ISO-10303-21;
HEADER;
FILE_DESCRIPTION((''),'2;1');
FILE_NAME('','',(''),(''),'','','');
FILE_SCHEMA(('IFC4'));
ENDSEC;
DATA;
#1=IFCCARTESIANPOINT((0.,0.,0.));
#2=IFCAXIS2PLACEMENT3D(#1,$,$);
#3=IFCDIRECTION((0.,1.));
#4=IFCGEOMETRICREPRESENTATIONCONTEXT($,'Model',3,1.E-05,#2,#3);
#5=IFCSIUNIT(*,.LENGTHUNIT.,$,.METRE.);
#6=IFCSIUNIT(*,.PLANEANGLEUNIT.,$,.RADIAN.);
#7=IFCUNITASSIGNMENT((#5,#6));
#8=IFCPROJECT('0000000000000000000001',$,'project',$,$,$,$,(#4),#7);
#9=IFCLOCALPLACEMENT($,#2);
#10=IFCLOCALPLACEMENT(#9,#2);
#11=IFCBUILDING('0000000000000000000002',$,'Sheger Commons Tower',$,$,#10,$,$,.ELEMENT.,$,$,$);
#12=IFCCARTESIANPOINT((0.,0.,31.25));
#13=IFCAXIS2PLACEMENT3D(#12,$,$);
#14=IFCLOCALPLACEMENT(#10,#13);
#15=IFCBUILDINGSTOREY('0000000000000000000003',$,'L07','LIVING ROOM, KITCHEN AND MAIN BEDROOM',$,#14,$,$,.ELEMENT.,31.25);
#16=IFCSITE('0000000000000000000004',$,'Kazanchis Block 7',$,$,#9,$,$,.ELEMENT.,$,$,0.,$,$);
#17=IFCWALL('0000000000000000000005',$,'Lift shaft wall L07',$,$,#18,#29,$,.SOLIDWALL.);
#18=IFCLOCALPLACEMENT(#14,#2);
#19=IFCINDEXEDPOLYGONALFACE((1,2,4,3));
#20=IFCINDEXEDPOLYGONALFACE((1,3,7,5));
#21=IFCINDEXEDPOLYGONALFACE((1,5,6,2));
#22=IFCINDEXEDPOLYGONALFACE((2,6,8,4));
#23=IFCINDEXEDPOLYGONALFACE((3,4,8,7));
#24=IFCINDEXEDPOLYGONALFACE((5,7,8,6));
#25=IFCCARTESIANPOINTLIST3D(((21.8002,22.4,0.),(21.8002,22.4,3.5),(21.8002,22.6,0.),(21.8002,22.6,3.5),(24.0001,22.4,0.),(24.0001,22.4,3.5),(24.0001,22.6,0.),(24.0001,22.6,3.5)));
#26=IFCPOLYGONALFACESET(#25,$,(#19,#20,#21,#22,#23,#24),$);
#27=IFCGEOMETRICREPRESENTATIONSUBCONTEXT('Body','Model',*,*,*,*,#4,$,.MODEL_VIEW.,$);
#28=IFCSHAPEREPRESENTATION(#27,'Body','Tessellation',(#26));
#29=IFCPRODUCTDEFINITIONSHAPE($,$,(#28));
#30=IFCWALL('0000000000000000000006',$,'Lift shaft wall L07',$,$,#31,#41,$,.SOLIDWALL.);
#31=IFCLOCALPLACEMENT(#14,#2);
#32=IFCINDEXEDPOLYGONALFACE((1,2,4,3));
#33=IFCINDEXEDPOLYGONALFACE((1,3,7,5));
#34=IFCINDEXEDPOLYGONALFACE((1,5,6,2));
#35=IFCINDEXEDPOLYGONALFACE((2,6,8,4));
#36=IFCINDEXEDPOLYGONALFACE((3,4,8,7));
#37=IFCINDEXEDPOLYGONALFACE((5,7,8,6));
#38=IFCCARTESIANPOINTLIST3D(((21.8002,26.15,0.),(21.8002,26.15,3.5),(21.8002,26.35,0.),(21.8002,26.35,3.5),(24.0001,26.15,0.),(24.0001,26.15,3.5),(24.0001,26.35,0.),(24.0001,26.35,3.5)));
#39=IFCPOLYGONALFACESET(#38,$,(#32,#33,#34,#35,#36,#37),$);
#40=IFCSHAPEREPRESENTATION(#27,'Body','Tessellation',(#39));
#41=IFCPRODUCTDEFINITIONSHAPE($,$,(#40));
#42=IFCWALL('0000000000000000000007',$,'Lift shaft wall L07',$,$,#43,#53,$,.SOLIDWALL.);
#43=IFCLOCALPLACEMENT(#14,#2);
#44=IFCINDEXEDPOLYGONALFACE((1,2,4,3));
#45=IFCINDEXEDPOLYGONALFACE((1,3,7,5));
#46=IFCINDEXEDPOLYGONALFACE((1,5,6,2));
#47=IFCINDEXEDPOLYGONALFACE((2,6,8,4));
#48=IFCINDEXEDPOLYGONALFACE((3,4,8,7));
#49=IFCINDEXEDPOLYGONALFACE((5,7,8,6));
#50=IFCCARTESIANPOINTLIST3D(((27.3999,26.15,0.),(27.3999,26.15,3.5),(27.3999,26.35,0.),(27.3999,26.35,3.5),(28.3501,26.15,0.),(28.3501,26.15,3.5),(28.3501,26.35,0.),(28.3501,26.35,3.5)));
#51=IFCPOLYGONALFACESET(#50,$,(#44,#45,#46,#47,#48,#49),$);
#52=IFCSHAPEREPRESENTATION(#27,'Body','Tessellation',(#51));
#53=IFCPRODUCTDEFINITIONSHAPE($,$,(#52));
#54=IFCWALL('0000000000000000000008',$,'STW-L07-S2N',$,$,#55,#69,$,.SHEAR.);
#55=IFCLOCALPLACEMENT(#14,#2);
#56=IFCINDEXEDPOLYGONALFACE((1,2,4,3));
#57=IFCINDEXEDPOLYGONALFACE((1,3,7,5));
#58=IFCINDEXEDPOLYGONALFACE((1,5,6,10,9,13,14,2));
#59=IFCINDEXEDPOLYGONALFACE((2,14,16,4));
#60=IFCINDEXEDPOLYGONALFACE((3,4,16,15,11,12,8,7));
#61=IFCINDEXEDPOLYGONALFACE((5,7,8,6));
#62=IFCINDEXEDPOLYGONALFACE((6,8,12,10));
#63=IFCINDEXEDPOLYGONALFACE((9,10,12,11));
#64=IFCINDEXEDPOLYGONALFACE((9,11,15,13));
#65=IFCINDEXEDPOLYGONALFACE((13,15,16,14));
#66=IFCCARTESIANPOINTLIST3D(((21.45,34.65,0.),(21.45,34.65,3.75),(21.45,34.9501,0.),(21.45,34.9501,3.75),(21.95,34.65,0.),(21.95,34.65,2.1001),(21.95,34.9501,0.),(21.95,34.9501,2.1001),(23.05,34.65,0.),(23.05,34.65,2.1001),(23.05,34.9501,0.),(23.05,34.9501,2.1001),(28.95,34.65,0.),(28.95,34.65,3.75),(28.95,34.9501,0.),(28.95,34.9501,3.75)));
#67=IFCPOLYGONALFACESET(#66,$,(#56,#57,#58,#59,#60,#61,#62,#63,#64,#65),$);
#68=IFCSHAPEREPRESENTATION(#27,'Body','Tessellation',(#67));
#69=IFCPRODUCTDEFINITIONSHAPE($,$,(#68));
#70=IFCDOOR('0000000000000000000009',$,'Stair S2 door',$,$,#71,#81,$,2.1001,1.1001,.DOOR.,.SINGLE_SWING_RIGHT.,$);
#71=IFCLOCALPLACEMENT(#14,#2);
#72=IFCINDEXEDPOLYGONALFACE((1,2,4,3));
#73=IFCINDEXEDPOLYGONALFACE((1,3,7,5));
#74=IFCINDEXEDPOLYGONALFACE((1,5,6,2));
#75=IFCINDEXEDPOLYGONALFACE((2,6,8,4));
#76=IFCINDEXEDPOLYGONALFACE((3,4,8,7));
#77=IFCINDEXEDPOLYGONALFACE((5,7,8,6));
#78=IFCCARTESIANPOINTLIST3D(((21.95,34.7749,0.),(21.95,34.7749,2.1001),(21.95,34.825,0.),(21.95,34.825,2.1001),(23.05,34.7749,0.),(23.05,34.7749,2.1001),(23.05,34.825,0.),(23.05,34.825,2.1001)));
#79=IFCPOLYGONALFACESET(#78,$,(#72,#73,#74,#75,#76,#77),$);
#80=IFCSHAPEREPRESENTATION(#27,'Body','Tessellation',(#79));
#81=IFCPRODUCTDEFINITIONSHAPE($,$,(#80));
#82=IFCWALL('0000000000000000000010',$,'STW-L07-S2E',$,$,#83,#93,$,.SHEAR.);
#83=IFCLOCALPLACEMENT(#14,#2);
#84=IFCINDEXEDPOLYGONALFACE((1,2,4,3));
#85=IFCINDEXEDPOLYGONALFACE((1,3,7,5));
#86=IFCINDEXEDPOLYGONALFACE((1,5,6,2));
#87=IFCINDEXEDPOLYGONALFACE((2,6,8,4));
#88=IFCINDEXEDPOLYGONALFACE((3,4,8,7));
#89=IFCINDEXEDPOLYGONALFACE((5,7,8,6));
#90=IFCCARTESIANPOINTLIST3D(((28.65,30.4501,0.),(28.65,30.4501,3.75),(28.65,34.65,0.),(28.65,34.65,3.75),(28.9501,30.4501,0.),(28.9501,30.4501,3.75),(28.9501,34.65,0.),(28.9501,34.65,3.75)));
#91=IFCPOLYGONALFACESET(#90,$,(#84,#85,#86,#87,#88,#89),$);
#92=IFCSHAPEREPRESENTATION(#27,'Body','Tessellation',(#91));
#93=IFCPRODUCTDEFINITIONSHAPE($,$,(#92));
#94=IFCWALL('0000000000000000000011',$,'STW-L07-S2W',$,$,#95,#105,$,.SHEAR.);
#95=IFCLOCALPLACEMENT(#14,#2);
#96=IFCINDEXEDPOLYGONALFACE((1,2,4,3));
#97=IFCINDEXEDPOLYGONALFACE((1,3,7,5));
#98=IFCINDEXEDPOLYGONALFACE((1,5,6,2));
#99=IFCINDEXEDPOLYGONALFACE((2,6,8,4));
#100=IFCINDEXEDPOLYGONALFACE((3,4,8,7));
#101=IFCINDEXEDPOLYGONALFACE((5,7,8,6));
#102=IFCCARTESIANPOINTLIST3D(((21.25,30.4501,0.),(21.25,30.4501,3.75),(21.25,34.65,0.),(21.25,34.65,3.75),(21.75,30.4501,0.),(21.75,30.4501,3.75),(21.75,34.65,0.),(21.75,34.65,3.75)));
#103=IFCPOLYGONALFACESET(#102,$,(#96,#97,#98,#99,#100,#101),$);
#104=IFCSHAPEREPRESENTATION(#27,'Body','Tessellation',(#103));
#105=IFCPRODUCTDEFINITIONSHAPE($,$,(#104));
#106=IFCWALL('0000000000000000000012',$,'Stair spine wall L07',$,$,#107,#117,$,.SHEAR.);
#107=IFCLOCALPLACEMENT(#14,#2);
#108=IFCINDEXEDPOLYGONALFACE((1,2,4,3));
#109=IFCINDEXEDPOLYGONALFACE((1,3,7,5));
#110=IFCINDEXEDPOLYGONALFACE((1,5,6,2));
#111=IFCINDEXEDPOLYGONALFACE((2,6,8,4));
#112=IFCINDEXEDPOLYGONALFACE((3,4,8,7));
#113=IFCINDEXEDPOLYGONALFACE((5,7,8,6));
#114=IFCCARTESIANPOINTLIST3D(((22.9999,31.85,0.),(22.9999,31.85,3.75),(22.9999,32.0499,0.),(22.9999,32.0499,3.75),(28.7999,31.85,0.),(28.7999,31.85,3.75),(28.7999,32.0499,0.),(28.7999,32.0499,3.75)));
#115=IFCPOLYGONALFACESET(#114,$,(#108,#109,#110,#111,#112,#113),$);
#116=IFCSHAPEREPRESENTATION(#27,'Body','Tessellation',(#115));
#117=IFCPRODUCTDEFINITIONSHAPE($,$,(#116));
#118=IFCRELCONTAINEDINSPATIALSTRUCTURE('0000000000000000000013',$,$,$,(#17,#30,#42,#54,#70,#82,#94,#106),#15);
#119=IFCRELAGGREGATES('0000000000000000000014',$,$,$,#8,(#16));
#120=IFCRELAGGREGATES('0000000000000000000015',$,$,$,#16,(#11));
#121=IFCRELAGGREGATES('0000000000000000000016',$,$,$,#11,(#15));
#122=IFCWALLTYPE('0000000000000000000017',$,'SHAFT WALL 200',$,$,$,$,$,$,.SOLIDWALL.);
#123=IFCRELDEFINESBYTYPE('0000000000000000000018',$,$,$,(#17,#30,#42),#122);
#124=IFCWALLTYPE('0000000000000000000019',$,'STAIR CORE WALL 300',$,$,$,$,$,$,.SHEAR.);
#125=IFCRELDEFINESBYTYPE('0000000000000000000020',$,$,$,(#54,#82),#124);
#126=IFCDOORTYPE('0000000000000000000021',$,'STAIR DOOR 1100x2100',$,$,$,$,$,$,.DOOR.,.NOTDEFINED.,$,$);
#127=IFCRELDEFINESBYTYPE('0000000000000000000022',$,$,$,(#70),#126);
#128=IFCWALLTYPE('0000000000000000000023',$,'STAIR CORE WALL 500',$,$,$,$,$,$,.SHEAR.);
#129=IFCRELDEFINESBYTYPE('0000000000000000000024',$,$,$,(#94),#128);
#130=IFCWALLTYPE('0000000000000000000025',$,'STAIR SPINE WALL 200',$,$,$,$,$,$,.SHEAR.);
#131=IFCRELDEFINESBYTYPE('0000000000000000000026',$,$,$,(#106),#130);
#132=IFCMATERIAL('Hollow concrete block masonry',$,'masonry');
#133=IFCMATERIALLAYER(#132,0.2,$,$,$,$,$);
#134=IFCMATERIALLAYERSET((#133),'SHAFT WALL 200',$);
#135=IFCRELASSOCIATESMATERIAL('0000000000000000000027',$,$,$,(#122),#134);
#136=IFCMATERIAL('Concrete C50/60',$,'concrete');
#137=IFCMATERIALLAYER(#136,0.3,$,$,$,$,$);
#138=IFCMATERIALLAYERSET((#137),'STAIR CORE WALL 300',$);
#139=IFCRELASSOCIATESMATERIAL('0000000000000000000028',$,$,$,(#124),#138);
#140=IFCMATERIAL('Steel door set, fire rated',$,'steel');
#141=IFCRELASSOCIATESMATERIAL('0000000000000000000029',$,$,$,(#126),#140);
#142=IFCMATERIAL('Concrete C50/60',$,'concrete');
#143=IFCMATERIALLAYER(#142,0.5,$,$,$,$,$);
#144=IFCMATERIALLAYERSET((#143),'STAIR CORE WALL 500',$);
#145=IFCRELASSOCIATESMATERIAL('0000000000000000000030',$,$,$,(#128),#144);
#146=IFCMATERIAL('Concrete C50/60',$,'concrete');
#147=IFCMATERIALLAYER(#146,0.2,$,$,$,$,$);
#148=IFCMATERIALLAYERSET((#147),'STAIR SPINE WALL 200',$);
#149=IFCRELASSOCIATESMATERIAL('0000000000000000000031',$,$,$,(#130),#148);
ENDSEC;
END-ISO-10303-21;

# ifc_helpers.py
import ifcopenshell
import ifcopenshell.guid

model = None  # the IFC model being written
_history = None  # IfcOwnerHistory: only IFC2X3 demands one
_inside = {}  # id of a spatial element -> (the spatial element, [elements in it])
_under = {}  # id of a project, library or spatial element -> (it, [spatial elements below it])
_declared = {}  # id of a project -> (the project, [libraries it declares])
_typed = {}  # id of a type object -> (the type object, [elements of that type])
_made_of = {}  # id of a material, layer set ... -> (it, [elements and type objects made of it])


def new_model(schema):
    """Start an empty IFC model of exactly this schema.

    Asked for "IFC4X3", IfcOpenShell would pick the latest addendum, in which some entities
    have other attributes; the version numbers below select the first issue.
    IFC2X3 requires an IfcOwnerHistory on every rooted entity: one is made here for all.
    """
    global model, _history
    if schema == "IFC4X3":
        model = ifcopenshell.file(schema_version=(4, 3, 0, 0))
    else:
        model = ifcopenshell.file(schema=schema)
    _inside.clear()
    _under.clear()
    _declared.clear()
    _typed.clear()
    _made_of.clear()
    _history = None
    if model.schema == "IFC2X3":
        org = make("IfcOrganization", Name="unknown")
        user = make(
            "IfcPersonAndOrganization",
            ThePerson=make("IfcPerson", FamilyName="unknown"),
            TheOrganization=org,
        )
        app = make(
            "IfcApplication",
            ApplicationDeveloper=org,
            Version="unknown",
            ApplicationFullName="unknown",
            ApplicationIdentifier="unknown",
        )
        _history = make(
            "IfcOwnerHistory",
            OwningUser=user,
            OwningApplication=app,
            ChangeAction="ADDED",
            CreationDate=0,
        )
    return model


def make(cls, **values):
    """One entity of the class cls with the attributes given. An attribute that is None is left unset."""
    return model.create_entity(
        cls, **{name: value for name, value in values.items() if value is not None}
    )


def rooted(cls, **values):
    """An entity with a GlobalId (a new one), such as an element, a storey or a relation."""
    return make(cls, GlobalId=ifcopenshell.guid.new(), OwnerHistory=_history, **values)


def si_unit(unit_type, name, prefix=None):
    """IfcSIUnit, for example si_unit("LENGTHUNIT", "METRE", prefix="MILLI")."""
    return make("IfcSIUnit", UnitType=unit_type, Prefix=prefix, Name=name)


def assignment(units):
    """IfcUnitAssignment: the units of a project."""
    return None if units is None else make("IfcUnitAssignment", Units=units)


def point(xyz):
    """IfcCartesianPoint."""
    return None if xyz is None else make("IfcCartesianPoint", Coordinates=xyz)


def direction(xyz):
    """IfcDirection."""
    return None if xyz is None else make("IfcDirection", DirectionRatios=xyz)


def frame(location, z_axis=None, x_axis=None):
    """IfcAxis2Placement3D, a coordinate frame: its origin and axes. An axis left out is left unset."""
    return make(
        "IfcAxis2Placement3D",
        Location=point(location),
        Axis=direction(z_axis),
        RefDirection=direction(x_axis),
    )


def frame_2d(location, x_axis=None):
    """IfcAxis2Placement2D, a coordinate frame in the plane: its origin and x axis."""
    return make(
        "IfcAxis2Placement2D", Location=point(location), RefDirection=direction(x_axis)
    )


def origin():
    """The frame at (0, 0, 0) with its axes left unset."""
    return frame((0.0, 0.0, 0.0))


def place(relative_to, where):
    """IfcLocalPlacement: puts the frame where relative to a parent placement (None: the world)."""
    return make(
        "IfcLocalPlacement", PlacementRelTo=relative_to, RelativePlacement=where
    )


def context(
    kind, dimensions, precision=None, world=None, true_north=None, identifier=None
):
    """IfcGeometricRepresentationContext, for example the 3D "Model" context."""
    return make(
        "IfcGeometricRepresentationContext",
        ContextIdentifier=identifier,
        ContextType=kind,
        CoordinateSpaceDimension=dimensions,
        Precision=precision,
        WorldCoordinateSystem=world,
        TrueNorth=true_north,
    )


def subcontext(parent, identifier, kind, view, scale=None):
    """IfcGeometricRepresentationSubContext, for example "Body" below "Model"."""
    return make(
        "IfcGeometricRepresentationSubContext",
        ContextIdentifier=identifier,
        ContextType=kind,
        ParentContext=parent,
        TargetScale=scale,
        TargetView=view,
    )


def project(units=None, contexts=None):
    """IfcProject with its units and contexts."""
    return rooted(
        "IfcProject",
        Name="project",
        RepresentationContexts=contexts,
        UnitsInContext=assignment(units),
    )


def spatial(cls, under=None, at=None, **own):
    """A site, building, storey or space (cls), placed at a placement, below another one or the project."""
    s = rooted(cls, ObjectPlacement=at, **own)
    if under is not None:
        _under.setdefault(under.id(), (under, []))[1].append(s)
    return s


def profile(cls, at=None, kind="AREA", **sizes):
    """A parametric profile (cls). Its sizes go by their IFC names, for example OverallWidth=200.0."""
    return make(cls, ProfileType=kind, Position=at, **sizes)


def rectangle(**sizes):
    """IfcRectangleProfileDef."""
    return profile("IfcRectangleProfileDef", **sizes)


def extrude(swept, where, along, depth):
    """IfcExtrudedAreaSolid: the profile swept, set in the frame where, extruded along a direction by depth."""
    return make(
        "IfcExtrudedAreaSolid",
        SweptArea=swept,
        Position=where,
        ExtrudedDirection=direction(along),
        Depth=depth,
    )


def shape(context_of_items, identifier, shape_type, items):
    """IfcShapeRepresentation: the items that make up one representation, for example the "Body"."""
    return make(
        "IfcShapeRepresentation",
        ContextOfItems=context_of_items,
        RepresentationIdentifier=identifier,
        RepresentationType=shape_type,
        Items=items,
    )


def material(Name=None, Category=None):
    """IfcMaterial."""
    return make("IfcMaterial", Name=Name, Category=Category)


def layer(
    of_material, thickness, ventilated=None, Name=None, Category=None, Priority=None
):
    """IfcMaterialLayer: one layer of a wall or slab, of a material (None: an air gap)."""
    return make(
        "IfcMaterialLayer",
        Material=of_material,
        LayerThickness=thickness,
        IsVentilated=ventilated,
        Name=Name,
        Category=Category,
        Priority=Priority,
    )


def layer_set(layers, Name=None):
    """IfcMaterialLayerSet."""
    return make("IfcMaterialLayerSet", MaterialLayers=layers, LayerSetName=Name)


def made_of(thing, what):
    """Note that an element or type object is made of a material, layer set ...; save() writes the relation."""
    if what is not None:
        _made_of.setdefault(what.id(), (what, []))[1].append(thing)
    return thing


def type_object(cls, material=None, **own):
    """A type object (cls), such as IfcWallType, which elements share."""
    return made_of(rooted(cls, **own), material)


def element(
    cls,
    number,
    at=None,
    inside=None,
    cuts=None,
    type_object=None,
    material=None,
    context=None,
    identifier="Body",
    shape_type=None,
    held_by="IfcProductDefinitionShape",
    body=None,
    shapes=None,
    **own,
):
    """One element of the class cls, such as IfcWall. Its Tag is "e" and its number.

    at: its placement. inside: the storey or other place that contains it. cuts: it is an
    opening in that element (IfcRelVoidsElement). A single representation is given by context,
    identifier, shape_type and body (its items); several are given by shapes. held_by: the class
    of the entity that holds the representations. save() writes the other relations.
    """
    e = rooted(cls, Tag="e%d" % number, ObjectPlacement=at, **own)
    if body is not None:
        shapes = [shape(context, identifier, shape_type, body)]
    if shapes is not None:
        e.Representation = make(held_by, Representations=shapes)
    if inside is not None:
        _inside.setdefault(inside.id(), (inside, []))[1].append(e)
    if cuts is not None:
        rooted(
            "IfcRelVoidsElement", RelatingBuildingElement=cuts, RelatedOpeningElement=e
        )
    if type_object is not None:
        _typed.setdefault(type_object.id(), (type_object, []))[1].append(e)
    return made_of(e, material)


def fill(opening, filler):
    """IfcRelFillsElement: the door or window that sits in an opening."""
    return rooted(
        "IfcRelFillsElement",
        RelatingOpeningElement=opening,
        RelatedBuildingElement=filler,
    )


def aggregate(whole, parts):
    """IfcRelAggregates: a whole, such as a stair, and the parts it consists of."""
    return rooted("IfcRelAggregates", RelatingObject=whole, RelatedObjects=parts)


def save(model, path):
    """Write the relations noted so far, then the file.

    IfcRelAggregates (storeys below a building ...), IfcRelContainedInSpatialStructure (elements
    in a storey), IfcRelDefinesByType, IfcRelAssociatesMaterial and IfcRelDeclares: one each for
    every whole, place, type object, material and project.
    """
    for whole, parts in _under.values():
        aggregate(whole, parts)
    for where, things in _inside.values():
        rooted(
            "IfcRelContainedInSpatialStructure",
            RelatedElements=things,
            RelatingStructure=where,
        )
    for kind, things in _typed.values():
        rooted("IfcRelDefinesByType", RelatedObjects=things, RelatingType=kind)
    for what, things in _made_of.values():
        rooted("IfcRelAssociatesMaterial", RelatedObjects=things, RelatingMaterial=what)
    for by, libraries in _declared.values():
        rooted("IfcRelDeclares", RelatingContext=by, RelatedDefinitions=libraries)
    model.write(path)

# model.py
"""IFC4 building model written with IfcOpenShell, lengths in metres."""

from ifc_helpers import new_model, si_unit, direction, frame, frame_2d, origin, place, context, subcontext, project, spatial, rectangle, extrude, material, layer, layer_set, type_object, element, fill, save


model = new_model("IFC4")

# Units and contexts
model_context = context("Model", 3, precision=1e-05, world=origin(), true_north=direction((0.0, 1.0)))
body_context = subcontext(model_context, "Body", "Model", "MODEL_VIEW")
ifc_project = project(units=[si_unit("LENGTHUNIT", "METRE"), si_unit("PLANEANGLEUNIT", "RADIAN")], contexts=[model_context])

# Site, building, storey
site_placement = place(None, origin())
site = spatial("IfcSite", under=ifc_project, at=site_placement, Name="Kazanchis Block 7", CompositionType="ELEMENT", RefElevation=0.0)
building_placement = place(site_placement, origin())
building = spatial("IfcBuilding", under=site, at=building_placement, Name="Sheger Commons Tower", CompositionType="ELEMENT")
storey_placement = place(building_placement, frame((0.0, 0.0, 31.25)))
storey = spatial("IfcBuildingStorey", under=building, at=storey_placement, Name="L07", Description="LIVING ROOM, KITCHEN AND MAIN BEDROOM", CompositionType="ELEMENT", Elevation=31.25)

# Walls
ifc_material_1 = material(Name="Hollow concrete block masonry", Category="masonry")
ifc_layer_1 = layer(ifc_material_1, 0.2)
ifc_layer_set_1 = layer_set([ifc_layer_1], Name="SHAFT WALL 200")
wall_type_1 = type_object("IfcWallType", Name="SHAFT WALL 200", PredefinedType="SOLIDWALL", material=ifc_layer_set_1)
for number, where, z_axis, x_axis, name in (
    (1, (21.8, 22.5, 0.0), (0.0, 0.0, 1.0), (1.0, 0.0, 0.0), "Lift shaft wall L07"),
    (2, (21.8, 26.25, 0.0), (0.0, 0.0, 1.0), (1.0, 0.0, 0.0), "Lift shaft wall L07"),
):
    element("IfcWall", number, at=place(storey_placement, frame(where, z_axis=z_axis, x_axis=x_axis)), inside=storey, type_object=wall_type_1, Name=name, PredefinedType="SOLIDWALL", context=body_context, shape_type="SweptSolid", body=[
        extrude(rectangle(XDim=2.2, YDim=0.2, at=frame_2d((1.1001, 0.0))), origin(), (0.0, 0.0, 1.0), 3.5),
    ])
wall_1_placement = place(storey_placement, frame((27.3999, 26.25, 0.0), z_axis=(0.0, 0.0, 1.0), x_axis=(1.0, 0.0, 0.0)))
element("IfcWall", 3, at=wall_1_placement, inside=storey, type_object=wall_type_1, Name="Lift shaft wall L07", PredefinedType="SOLIDWALL", context=body_context, shape_type="SweptSolid", body=[
    extrude(rectangle(XDim=0.9502, YDim=0.2, at=frame_2d((0.4751, 0.0))), origin(), (0.0, 0.0, 1.0), 3.5),
])

# Wall, opening, door
ifc_material_2 = material(Name="Concrete C50/60", Category="concrete")
ifc_layer_2 = layer(ifc_material_2, 0.3)
ifc_layer_set_2 = layer_set([ifc_layer_2], Name="STAIR CORE WALL 300")
wall_type_2 = type_object("IfcWallType", Name="STAIR CORE WALL 300", PredefinedType="SHEAR", material=ifc_layer_set_2)
wall_2_placement = place(storey_placement, frame((21.45, 34.8, 0.0), z_axis=(0.0, 0.0, 1.0), x_axis=(1.0, 0.0, 0.0)))
wall_2 = element("IfcWall", 4, at=wall_2_placement, inside=storey, type_object=wall_type_2, Name="STW-L07-S2N", PredefinedType="SHEAR", context=body_context, shape_type="SweptSolid", body=[
    extrude(rectangle(XDim=7.5, YDim=0.3, at=frame_2d((3.75, 0.0))), origin(), (0.0, 0.0, 1.0), 3.75),
])
opening_1_placement = place(wall_2_placement, frame((0.5, 0.0, 0.0)))
opening_1 = element("IfcOpeningElement", 5, at=opening_1_placement, cuts=wall_2, PredefinedType="OPENING", context=body_context, shape_type="SweptSolid", body=[
    extrude(rectangle(XDim=1.1001, YDim=2.1001, at=frame_2d((0.55, 1.05))), frame((0.0, 0.1599, 0.0), z_axis=(0.0, -1.0, 0.0), x_axis=(1.0, 0.0, 0.0)), (0.0, 0.0, 1.0), 0.3201),
])
ifc_material_3 = material(Name="Steel door set, fire rated", Category="steel")
door_type_1 = type_object("IfcDoorType", Name="STAIR DOOR 1100x2100", OperationType="NOTDEFINED", PredefinedType="DOOR", material=ifc_material_3)
door_1_placement = place(opening_1_placement, origin())
door_1 = element("IfcDoor", 6, at=door_1_placement, inside=storey, type_object=door_type_1, Name="Stair S2 door", OperationType="SINGLE_SWING_RIGHT", OverallHeight=2.1001, OverallWidth=1.1001, PredefinedType="DOOR", context=body_context, shape_type="SweptSolid", body=[
    extrude(rectangle(XDim=1.1001, YDim=2.1001, at=frame_2d((0.55, 1.05))), frame((0.0, 0.0249, 0.0), z_axis=(0.0, -1.0, 0.0), x_axis=(1.0, 0.0, 0.0)), (0.0, 0.0, 1.0), 0.05),
])
fill(opening_1, door_1)

# Walls
wall_3_placement = place(storey_placement, frame((28.8, 30.45, 0.0), z_axis=(0.0, 0.0, 1.0), x_axis=(0.0, 1.0, 0.0)))
element("IfcWall", 7, at=wall_3_placement, inside=storey, type_object=wall_type_2, Name="STW-L07-S2E", PredefinedType="SHEAR", context=body_context, shape_type="SweptSolid", body=[
    extrude(rectangle(XDim=4.2, YDim=0.3, at=frame_2d((2.1001, 0.0))), origin(), (0.0, 0.0, 1.0), 3.75),
])
ifc_material_4 = material(Name="Concrete C50/60", Category="concrete")
ifc_layer_3 = layer(ifc_material_4, 0.5)
ifc_layer_set_3 = layer_set([ifc_layer_3], Name="STAIR CORE WALL 500")
wall_type_3 = type_object("IfcWallType", Name="STAIR CORE WALL 500", PredefinedType="SHEAR", material=ifc_layer_set_3)
wall_4_placement = place(storey_placement, frame((21.5, 30.45, 0.0), z_axis=(0.0, 0.0, 1.0), x_axis=(0.0, 1.0, 0.0)))
element("IfcWall", 8, at=wall_4_placement, inside=storey, type_object=wall_type_3, Name="STW-L07-S2W", PredefinedType="SHEAR", context=body_context, shape_type="SweptSolid", body=[
    extrude(rectangle(XDim=4.2, YDim=0.5, at=frame_2d((2.1001, 0.0))), origin(), (0.0, 0.0, 1.0), 3.75),
])
ifc_material_5 = material(Name="Concrete C50/60", Category="concrete")
ifc_layer_4 = layer(ifc_material_5, 0.2)
ifc_layer_set_4 = layer_set([ifc_layer_4], Name="STAIR SPINE WALL 200")
wall_type_4 = type_object("IfcWallType", Name="STAIR SPINE WALL 200", PredefinedType="SHEAR", material=ifc_layer_set_4)
wall_5_placement = place(storey_placement, frame((23.0, 31.95, 0.0), z_axis=(0.0, 0.0, 1.0), x_axis=(1.0, 0.0, 0.0)))
element("IfcWall", 9, at=wall_5_placement, inside=storey, type_object=wall_type_4, Name="Stair spine wall L07", PredefinedType="SHEAR", context=body_context, shape_type="SweptSolid", body=[
    extrude(rectangle(XDim=5.8, YDim=0.2, at=frame_2d((2.8999, 0.0))), origin(), (0.0, 0.0, 1.0), 3.75),
])

save(model, "model.ifc")
